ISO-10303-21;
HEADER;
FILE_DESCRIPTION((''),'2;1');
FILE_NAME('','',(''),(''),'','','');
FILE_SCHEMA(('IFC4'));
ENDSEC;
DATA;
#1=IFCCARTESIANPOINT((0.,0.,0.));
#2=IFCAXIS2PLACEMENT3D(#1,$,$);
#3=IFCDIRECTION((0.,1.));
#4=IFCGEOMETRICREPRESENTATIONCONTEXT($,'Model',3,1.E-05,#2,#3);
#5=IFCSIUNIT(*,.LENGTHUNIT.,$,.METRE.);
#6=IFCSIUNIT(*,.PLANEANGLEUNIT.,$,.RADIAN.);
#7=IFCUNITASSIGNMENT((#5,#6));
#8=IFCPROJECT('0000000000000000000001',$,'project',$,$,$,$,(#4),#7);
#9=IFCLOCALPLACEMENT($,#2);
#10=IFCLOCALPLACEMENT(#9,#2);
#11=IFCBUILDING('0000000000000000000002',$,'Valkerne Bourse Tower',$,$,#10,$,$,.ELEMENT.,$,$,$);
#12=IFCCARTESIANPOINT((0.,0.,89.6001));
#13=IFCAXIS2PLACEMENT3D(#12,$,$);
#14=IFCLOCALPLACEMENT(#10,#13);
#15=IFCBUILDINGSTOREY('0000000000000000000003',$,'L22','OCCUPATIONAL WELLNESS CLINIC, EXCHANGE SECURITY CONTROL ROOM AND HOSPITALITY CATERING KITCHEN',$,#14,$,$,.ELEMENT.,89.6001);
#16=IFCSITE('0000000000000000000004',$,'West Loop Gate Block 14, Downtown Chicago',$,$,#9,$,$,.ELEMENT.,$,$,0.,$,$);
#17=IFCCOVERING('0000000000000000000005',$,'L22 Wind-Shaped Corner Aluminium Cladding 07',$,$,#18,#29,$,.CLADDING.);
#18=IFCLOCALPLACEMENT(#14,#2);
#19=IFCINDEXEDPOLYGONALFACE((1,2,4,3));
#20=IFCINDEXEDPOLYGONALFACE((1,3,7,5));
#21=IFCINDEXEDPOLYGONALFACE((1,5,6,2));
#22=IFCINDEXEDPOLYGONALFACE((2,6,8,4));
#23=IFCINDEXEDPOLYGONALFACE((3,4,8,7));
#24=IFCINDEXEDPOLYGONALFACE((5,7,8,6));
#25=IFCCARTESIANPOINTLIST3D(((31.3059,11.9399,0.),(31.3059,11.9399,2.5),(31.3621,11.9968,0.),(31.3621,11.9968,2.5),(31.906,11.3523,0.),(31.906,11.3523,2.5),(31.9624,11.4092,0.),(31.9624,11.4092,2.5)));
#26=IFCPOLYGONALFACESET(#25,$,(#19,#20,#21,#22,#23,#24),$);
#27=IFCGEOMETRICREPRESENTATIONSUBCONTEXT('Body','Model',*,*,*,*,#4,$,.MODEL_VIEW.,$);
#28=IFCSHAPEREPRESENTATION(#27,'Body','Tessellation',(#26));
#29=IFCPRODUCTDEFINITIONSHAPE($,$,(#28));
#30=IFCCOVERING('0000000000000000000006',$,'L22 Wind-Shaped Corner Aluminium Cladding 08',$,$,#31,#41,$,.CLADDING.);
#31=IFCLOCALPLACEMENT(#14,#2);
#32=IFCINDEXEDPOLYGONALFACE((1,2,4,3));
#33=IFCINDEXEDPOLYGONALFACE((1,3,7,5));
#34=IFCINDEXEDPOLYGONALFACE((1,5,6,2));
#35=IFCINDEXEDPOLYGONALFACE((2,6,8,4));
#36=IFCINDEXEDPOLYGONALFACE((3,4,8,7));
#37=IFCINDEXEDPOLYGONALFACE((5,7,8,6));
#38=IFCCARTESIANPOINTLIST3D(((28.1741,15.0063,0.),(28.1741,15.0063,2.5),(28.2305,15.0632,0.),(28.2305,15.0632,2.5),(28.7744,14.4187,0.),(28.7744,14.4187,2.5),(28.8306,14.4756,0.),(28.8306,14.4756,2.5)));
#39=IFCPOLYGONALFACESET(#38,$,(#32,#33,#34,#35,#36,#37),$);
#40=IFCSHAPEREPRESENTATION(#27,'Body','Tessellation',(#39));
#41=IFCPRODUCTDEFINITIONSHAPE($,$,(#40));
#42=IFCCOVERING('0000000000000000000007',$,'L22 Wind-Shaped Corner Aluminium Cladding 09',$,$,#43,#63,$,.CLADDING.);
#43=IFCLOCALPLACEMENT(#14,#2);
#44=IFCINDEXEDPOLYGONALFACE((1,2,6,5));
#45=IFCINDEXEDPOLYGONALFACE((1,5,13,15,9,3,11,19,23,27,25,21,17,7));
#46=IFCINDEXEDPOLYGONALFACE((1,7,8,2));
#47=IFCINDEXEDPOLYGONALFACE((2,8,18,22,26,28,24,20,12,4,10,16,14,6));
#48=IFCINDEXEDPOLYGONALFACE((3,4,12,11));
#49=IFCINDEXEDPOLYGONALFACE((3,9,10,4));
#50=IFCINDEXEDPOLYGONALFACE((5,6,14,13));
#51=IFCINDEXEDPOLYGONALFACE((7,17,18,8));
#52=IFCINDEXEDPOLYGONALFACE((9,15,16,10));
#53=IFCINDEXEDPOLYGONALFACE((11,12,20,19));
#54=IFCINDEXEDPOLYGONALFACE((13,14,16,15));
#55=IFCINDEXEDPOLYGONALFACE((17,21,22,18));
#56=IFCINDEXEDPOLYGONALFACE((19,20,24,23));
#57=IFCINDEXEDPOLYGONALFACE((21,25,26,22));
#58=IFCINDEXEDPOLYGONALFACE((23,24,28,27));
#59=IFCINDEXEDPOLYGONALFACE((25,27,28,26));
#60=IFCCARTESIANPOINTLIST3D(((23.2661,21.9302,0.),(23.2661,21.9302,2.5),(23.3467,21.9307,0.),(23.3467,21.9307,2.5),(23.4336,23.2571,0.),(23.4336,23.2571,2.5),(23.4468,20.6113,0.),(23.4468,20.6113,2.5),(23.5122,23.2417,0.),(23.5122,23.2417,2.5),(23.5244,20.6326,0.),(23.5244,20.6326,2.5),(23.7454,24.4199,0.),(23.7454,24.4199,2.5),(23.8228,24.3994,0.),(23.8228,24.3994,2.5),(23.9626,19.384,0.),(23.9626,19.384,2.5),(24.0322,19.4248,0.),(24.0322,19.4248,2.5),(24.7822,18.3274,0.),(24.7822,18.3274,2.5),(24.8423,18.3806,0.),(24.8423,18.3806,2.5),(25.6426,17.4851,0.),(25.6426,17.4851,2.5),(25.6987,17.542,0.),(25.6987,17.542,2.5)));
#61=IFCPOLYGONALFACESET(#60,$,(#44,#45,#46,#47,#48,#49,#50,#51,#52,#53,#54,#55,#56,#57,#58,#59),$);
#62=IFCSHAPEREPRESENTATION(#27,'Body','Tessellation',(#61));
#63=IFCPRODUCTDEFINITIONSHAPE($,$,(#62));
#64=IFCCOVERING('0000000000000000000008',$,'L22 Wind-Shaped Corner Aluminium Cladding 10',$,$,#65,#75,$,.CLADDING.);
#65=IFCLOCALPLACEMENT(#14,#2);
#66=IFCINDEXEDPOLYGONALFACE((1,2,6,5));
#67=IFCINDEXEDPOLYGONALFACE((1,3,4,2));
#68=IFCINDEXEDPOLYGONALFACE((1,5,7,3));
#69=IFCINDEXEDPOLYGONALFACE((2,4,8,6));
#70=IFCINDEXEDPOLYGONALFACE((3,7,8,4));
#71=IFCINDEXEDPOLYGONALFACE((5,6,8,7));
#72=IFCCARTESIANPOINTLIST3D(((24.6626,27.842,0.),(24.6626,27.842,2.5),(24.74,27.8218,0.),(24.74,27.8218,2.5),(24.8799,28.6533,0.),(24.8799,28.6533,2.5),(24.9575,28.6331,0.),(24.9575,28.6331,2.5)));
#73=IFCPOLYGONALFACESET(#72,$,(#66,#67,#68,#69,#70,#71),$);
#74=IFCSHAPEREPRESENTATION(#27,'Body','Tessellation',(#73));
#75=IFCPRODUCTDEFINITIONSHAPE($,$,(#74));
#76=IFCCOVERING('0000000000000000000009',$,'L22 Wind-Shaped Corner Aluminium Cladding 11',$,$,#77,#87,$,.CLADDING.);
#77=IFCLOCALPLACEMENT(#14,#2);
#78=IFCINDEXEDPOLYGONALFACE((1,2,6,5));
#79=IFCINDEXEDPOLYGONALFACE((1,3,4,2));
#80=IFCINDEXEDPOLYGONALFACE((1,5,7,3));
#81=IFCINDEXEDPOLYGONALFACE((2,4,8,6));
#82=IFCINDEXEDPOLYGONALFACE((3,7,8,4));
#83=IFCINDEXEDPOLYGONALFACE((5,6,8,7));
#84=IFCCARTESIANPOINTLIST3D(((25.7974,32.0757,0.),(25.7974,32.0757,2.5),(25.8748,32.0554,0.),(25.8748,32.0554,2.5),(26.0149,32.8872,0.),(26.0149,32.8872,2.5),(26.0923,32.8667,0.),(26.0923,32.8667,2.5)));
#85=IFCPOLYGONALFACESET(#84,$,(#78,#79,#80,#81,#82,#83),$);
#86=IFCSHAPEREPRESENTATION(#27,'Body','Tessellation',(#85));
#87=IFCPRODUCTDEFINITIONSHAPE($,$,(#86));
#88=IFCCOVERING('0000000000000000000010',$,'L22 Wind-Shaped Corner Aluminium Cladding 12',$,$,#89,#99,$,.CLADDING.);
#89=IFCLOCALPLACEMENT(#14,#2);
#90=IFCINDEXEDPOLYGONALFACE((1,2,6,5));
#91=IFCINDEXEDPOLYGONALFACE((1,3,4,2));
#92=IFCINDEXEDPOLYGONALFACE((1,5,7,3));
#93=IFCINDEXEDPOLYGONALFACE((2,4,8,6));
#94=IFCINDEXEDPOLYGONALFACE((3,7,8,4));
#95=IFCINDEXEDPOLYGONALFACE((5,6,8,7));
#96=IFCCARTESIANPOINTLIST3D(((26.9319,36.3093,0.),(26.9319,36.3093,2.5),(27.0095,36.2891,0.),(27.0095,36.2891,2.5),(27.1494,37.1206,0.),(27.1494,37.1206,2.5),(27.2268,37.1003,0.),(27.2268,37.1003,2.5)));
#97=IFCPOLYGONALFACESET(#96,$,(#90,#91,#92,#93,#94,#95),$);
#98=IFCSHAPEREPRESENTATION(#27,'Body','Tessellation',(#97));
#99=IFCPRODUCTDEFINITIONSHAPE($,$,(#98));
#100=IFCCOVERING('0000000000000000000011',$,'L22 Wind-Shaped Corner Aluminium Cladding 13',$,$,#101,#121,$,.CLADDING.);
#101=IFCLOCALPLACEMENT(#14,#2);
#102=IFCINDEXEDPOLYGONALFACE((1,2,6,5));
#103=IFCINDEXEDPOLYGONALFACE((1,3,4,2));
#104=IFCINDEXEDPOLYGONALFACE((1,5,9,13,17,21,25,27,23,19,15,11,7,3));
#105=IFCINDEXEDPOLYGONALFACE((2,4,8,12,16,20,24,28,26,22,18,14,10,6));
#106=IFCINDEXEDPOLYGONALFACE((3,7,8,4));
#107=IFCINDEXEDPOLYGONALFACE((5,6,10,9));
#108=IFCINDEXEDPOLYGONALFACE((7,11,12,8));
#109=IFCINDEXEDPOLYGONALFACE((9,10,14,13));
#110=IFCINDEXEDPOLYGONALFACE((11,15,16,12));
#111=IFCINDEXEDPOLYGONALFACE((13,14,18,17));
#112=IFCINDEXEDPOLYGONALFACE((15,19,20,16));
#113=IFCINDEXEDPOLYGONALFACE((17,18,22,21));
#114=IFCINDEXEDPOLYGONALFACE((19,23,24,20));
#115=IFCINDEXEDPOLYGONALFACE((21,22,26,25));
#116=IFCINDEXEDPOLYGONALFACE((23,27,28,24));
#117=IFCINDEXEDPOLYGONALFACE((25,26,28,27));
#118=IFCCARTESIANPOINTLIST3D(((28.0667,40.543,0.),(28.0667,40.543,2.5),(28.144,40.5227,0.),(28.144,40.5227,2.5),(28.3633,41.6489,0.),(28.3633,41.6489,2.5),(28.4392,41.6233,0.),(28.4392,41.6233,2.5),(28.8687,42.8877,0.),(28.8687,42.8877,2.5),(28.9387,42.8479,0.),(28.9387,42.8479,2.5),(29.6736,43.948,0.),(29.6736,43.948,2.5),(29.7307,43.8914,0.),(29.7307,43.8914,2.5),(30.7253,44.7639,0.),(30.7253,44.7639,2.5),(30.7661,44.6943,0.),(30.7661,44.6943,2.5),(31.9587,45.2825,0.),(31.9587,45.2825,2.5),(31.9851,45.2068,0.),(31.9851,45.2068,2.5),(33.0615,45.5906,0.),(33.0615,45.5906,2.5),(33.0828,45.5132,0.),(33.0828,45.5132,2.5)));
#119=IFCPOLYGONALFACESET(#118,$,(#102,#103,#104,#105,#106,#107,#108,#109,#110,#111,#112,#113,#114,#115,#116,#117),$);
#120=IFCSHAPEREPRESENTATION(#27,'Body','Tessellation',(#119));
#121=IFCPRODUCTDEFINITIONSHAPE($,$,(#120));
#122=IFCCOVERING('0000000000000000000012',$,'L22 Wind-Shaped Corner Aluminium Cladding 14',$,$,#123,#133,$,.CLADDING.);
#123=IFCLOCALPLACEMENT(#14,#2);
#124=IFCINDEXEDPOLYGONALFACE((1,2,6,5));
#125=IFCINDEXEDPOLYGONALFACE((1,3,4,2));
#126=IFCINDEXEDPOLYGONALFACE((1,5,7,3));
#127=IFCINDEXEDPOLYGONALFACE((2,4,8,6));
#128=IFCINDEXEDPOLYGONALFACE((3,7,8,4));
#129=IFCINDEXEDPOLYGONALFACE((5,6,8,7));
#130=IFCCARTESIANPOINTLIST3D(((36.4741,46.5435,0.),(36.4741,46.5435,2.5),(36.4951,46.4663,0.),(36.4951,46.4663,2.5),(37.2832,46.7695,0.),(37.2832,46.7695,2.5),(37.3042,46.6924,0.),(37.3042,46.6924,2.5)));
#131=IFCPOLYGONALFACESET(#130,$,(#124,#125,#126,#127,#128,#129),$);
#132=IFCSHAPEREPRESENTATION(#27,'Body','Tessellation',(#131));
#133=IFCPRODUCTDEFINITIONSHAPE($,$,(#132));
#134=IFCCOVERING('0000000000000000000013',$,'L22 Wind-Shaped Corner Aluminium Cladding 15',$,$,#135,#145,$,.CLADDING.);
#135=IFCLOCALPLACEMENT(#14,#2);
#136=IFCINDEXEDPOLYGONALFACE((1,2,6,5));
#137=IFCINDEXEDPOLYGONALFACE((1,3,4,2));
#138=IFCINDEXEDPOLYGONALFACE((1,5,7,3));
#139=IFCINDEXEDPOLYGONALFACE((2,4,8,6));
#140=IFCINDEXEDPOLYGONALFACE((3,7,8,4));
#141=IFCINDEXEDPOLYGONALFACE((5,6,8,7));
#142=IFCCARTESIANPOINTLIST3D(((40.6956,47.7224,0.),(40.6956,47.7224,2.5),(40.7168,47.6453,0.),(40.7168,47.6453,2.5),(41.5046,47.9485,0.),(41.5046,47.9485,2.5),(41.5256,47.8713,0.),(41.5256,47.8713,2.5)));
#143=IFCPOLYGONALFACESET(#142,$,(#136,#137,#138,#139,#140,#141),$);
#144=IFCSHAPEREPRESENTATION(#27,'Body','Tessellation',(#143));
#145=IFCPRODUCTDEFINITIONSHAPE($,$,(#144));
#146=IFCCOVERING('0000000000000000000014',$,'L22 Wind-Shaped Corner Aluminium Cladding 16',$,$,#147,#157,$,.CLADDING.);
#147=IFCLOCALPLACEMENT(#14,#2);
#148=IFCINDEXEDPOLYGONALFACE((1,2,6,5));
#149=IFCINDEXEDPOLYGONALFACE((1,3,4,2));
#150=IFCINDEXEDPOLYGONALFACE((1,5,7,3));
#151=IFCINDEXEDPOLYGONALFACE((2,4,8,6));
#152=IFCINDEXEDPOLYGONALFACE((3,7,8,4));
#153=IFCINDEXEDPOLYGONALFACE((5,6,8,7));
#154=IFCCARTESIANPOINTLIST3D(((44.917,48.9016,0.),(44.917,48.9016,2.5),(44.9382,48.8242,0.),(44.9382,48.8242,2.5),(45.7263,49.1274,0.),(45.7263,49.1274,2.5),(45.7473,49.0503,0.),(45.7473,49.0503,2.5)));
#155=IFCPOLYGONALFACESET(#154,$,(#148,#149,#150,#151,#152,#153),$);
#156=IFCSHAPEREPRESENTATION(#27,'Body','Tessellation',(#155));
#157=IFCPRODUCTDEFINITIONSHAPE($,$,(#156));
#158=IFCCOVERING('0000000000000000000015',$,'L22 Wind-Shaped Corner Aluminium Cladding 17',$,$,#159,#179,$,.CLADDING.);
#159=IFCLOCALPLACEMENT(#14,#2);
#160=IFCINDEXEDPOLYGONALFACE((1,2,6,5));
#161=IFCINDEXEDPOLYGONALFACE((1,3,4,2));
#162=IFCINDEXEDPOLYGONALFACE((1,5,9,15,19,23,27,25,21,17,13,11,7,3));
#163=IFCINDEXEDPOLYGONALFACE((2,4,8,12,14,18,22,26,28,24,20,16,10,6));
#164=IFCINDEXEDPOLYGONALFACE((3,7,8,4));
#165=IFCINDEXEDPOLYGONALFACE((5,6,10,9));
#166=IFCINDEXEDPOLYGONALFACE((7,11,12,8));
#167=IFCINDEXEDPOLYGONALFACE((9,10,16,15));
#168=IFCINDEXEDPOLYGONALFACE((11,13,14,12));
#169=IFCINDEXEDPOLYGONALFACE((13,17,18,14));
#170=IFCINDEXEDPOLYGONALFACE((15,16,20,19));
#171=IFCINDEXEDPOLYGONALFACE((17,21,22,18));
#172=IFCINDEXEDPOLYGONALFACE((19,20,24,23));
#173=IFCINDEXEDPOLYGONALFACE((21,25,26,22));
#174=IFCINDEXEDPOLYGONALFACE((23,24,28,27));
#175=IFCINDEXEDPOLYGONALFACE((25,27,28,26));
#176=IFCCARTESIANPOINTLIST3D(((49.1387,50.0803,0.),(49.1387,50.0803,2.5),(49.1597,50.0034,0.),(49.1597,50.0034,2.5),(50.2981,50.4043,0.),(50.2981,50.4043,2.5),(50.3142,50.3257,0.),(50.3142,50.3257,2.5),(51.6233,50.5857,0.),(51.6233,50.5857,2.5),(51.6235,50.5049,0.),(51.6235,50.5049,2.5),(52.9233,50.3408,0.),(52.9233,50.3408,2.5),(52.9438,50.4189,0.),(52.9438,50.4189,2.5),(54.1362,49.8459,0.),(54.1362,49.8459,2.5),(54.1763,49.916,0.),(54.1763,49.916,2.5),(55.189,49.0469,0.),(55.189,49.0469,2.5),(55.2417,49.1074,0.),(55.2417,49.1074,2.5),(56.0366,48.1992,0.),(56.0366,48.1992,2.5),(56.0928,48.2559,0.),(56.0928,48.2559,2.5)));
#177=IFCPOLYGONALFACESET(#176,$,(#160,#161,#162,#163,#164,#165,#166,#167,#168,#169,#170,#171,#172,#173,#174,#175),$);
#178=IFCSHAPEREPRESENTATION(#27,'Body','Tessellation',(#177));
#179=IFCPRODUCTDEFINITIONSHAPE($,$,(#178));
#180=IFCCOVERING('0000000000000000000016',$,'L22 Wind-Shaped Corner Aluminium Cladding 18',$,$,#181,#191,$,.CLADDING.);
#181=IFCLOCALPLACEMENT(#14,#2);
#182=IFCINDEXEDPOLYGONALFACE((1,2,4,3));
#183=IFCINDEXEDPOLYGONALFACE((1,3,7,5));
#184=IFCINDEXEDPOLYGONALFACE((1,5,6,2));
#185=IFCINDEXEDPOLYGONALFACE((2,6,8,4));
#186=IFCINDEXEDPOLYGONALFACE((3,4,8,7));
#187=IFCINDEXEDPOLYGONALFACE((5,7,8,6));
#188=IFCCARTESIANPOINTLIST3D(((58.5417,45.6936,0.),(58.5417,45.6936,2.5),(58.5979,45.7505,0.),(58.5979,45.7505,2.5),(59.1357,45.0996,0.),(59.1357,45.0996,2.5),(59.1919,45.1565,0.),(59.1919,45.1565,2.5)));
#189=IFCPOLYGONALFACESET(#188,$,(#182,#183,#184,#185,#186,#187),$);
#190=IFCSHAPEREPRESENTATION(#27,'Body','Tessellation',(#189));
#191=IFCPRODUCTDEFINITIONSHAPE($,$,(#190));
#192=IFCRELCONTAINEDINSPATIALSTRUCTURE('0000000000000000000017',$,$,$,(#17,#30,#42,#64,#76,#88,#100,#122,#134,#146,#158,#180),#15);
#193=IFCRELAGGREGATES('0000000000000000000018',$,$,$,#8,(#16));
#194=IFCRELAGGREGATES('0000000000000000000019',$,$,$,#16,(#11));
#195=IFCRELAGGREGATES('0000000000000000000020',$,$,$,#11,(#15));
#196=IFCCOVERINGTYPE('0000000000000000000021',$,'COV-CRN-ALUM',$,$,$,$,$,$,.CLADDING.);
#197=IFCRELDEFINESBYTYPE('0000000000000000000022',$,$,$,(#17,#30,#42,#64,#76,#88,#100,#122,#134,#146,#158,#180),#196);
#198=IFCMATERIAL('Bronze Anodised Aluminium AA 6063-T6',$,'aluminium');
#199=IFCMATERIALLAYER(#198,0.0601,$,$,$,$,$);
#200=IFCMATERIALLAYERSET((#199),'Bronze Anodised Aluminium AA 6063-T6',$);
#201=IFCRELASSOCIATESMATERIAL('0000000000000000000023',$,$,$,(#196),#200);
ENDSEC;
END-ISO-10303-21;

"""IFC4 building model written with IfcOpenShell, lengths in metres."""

from ifc_helpers import new_model, si_unit, direction, frame, origin, place, context, subcontext, project, spatial, polyline, outline, extrude, material, layer, layer_set, type_object, element, save


model = new_model("IFC4")

# Units and contexts
model_context = context("Model", 3, precision=1e-05, world=origin(), true_north=direction((0.0, 1.0)))
body_context = subcontext(model_context, "Body", "Model", "MODEL_VIEW")
ifc_project = project(units=[si_unit("LENGTHUNIT", "METRE"), si_unit("PLANEANGLEUNIT", "RADIAN")], contexts=[model_context])

# Site, building, storey
site_placement = place(None, origin())
site = spatial("IfcSite", under=ifc_project, at=site_placement, Name="West Loop Gate Block 14, Downtown Chicago", CompositionType="ELEMENT", RefElevation=0.0)
building_placement = place(site_placement, origin())
building = spatial("IfcBuilding", under=site, at=building_placement, Name="Valkerne Bourse Tower", CompositionType="ELEMENT")
storey_placement = place(building_placement, frame((0.0, 0.0, 89.6001)))
storey = spatial("IfcBuildingStorey", under=building, at=storey_placement, Name="L22", Description="OCCUPATIONAL WELLNESS CLINIC, EXCHANGE SECURITY CONTROL ROOM AND HOSPITALITY CATERING KITCHEN", CompositionType="ELEMENT", Elevation=89.6001)

# Coverings
ifc_material_1 = material(Name="Bronze Anodised Aluminium AA 6063-T6", Category="aluminium")
ifc_layer_1 = layer(ifc_material_1, 0.0601)
ifc_layer_set_1 = layer_set([ifc_layer_1], Name="Bronze Anodised Aluminium AA 6063-T6")
covering_type = type_object("IfcCoveringType", Name="COV-CRN-ALUM", PredefinedType="CLADDING", material=ifc_layer_set_1)
covering_1_placement = place(storey_placement, origin())
element("IfcCovering", 1, at=covering_1_placement, inside=storey, type_object=covering_type, Name="L22 Wind-Shaped Corner Aluminium Cladding 07", PredefinedType="CLADDING", context=body_context, shape_type="SweptSolid", body=[
    extrude(outline(polyline([(31.3059, 11.9399), (31.3621, 11.9968), (31.9624, 11.4092), (31.906, 11.3523), (31.3059, 11.9399)])), origin(), (0.0, 0.0, 1.0), 2.5),
])
covering_2_placement = place(storey_placement, origin())
element("IfcCovering", 2, at=covering_2_placement, inside=storey, type_object=covering_type, Name="L22 Wind-Shaped Corner Aluminium Cladding 08", PredefinedType="CLADDING", context=body_context, shape_type="SweptSolid", body=[
    extrude(outline(polyline([(28.1741, 15.0063), (28.2305, 15.0632), (28.8306, 14.4756), (28.7744, 14.4187), (28.1741, 15.0063)])), origin(), (0.0, 0.0, 1.0), 2.5),
])
covering_3_placement = place(storey_placement, origin())
element("IfcCovering", 3, at=covering_3_placement, inside=storey, type_object=covering_type, Name="L22 Wind-Shaped Corner Aluminium Cladding 09", PredefinedType="CLADDING", context=body_context, shape_type="SweptSolid", body=[
    extrude(outline(polyline([(24.7822, 18.3274), (23.9626, 19.384), (23.4468, 20.6113), (23.2661, 21.9302), (23.4336, 23.2571), (23.7454, 24.4199), (23.8228, 24.3994), (23.5122, 23.2417), (23.3467, 21.9307), (23.5244, 20.6326), (24.0322, 19.4248), (24.8423, 18.3806), (25.6987, 17.542), (25.6426, 17.4851), (24.7822, 18.3274)])), origin(), (0.0, 0.0, 1.0), 2.5),
])
covering_4_placement = place(storey_placement, origin())
element("IfcCovering", 4, at=covering_4_placement, inside=storey, type_object=covering_type, Name="L22 Wind-Shaped Corner Aluminium Cladding 10", PredefinedType="CLADDING", context=body_context, shape_type="SweptSolid", body=[
    extrude(outline(polyline([(24.8799, 28.6533), (24.9575, 28.6331), (24.74, 27.8218), (24.6626, 27.842), (24.8799, 28.6533)])), origin(), (0.0, 0.0, 1.0), 2.5),
])
covering_5_placement = place(storey_placement, origin())
element("IfcCovering", 5, at=covering_5_placement, inside=storey, type_object=covering_type, Name="L22 Wind-Shaped Corner Aluminium Cladding 11", PredefinedType="CLADDING", context=body_context, shape_type="SweptSolid", body=[
    extrude(outline(polyline([(26.0149, 32.8872), (26.0923, 32.8667), (25.8748, 32.0554), (25.7974, 32.0757), (26.0149, 32.8872)])), origin(), (0.0, 0.0, 1.0), 2.5),
])
covering_6_placement = place(storey_placement, origin())
element("IfcCovering", 6, at=covering_6_placement, inside=storey, type_object=covering_type, Name="L22 Wind-Shaped Corner Aluminium Cladding 12", PredefinedType="CLADDING", context=body_context, shape_type="SweptSolid", body=[
    extrude(outline(polyline([(27.1494, 37.1206), (27.2268, 37.1003), (27.0095, 36.2891), (26.9319, 36.3093), (27.1494, 37.1206)])), origin(), (0.0, 0.0, 1.0), 2.5),
])
covering_7_placement = place(storey_placement, origin())
element("IfcCovering", 7, at=covering_7_placement, inside=storey, type_object=covering_type, Name="L22 Wind-Shaped Corner Aluminium Cladding 13", PredefinedType="CLADDING", context=body_context, shape_type="SweptSolid", body=[
    extrude(outline(polyline([(28.3633, 41.6489), (28.8687, 42.8877), (29.6736, 43.948), (30.7253, 44.7639), (31.9587, 45.2825), (33.0615, 45.5906), (33.0828, 45.5132), (31.9851, 45.2068), (30.7661, 44.6943), (29.7307, 43.8914), (28.9387, 42.8479), (28.4392, 41.6233), (28.144, 40.5227), (28.0667, 40.543), (28.3633, 41.6489)])), origin(), (0.0, 0.0, 1.0), 2.5),
])
covering_8_placement = place(storey_placement, origin())
element("IfcCovering", 8, at=covering_8_placement, inside=storey, type_object=covering_type, Name="L22 Wind-Shaped Corner Aluminium Cladding 14", PredefinedType="CLADDING", context=body_context, shape_type="SweptSolid", body=[
    extrude(outline(polyline([(37.2832, 46.7695), (37.3042, 46.6924), (36.4951, 46.4663), (36.4741, 46.5435), (37.2832, 46.7695)])), origin(), (0.0, 0.0, 1.0), 2.5),
])
covering_9_placement = place(storey_placement, origin())
element("IfcCovering", 9, at=covering_9_placement, inside=storey, type_object=covering_type, Name="L22 Wind-Shaped Corner Aluminium Cladding 15", PredefinedType="CLADDING", context=body_context, shape_type="SweptSolid", body=[
    extrude(outline(polyline([(41.5046, 47.9485), (41.5256, 47.8713), (40.7168, 47.6453), (40.6956, 47.7224), (41.5046, 47.9485)])), origin(), (0.0, 0.0, 1.0), 2.5),
])
covering_10_placement = place(storey_placement, origin())
element("IfcCovering", 10, at=covering_10_placement, inside=storey, type_object=covering_type, Name="L22 Wind-Shaped Corner Aluminium Cladding 16", PredefinedType="CLADDING", context=body_context, shape_type="SweptSolid", body=[
    extrude(outline(polyline([(45.7263, 49.1274), (45.7473, 49.0503), (44.9382, 48.8242), (44.917, 48.9016), (45.7263, 49.1274)])), origin(), (0.0, 0.0, 1.0), 2.5),
])
covering_11_placement = place(storey_placement, origin())
element("IfcCovering", 11, at=covering_11_placement, inside=storey, type_object=covering_type, Name="L22 Wind-Shaped Corner Aluminium Cladding 17", PredefinedType="CLADDING", context=body_context, shape_type="SweptSolid", body=[
    extrude(outline(polyline([(50.2981, 50.4043), (51.6233, 50.5857), (52.9438, 50.4189), (54.1763, 49.916), (55.2417, 49.1074), (56.0928, 48.2559), (56.0366, 48.1992), (55.189, 49.0469), (54.1362, 49.8459), (52.9233, 50.3408), (51.6235, 50.5049), (50.3142, 50.3257), (49.1597, 50.0034), (49.1387, 50.0803), (50.2981, 50.4043)])), origin(), (0.0, 0.0, 1.0), 2.5),
])
covering_12_placement = place(storey_placement, origin())
element("IfcCovering", 12, at=covering_12_placement, inside=storey, type_object=covering_type, Name="L22 Wind-Shaped Corner Aluminium Cladding 18", PredefinedType="CLADDING", context=body_context, shape_type="SweptSolid", body=[
    extrude(outline(polyline([(59.1919, 45.1565), (59.1357, 45.0996), (58.5417, 45.6936), (58.5979, 45.7505), (59.1919, 45.1565)])), origin(), (0.0, 0.0, 1.0), 2.5),
])

save(model, "model.ifc")
